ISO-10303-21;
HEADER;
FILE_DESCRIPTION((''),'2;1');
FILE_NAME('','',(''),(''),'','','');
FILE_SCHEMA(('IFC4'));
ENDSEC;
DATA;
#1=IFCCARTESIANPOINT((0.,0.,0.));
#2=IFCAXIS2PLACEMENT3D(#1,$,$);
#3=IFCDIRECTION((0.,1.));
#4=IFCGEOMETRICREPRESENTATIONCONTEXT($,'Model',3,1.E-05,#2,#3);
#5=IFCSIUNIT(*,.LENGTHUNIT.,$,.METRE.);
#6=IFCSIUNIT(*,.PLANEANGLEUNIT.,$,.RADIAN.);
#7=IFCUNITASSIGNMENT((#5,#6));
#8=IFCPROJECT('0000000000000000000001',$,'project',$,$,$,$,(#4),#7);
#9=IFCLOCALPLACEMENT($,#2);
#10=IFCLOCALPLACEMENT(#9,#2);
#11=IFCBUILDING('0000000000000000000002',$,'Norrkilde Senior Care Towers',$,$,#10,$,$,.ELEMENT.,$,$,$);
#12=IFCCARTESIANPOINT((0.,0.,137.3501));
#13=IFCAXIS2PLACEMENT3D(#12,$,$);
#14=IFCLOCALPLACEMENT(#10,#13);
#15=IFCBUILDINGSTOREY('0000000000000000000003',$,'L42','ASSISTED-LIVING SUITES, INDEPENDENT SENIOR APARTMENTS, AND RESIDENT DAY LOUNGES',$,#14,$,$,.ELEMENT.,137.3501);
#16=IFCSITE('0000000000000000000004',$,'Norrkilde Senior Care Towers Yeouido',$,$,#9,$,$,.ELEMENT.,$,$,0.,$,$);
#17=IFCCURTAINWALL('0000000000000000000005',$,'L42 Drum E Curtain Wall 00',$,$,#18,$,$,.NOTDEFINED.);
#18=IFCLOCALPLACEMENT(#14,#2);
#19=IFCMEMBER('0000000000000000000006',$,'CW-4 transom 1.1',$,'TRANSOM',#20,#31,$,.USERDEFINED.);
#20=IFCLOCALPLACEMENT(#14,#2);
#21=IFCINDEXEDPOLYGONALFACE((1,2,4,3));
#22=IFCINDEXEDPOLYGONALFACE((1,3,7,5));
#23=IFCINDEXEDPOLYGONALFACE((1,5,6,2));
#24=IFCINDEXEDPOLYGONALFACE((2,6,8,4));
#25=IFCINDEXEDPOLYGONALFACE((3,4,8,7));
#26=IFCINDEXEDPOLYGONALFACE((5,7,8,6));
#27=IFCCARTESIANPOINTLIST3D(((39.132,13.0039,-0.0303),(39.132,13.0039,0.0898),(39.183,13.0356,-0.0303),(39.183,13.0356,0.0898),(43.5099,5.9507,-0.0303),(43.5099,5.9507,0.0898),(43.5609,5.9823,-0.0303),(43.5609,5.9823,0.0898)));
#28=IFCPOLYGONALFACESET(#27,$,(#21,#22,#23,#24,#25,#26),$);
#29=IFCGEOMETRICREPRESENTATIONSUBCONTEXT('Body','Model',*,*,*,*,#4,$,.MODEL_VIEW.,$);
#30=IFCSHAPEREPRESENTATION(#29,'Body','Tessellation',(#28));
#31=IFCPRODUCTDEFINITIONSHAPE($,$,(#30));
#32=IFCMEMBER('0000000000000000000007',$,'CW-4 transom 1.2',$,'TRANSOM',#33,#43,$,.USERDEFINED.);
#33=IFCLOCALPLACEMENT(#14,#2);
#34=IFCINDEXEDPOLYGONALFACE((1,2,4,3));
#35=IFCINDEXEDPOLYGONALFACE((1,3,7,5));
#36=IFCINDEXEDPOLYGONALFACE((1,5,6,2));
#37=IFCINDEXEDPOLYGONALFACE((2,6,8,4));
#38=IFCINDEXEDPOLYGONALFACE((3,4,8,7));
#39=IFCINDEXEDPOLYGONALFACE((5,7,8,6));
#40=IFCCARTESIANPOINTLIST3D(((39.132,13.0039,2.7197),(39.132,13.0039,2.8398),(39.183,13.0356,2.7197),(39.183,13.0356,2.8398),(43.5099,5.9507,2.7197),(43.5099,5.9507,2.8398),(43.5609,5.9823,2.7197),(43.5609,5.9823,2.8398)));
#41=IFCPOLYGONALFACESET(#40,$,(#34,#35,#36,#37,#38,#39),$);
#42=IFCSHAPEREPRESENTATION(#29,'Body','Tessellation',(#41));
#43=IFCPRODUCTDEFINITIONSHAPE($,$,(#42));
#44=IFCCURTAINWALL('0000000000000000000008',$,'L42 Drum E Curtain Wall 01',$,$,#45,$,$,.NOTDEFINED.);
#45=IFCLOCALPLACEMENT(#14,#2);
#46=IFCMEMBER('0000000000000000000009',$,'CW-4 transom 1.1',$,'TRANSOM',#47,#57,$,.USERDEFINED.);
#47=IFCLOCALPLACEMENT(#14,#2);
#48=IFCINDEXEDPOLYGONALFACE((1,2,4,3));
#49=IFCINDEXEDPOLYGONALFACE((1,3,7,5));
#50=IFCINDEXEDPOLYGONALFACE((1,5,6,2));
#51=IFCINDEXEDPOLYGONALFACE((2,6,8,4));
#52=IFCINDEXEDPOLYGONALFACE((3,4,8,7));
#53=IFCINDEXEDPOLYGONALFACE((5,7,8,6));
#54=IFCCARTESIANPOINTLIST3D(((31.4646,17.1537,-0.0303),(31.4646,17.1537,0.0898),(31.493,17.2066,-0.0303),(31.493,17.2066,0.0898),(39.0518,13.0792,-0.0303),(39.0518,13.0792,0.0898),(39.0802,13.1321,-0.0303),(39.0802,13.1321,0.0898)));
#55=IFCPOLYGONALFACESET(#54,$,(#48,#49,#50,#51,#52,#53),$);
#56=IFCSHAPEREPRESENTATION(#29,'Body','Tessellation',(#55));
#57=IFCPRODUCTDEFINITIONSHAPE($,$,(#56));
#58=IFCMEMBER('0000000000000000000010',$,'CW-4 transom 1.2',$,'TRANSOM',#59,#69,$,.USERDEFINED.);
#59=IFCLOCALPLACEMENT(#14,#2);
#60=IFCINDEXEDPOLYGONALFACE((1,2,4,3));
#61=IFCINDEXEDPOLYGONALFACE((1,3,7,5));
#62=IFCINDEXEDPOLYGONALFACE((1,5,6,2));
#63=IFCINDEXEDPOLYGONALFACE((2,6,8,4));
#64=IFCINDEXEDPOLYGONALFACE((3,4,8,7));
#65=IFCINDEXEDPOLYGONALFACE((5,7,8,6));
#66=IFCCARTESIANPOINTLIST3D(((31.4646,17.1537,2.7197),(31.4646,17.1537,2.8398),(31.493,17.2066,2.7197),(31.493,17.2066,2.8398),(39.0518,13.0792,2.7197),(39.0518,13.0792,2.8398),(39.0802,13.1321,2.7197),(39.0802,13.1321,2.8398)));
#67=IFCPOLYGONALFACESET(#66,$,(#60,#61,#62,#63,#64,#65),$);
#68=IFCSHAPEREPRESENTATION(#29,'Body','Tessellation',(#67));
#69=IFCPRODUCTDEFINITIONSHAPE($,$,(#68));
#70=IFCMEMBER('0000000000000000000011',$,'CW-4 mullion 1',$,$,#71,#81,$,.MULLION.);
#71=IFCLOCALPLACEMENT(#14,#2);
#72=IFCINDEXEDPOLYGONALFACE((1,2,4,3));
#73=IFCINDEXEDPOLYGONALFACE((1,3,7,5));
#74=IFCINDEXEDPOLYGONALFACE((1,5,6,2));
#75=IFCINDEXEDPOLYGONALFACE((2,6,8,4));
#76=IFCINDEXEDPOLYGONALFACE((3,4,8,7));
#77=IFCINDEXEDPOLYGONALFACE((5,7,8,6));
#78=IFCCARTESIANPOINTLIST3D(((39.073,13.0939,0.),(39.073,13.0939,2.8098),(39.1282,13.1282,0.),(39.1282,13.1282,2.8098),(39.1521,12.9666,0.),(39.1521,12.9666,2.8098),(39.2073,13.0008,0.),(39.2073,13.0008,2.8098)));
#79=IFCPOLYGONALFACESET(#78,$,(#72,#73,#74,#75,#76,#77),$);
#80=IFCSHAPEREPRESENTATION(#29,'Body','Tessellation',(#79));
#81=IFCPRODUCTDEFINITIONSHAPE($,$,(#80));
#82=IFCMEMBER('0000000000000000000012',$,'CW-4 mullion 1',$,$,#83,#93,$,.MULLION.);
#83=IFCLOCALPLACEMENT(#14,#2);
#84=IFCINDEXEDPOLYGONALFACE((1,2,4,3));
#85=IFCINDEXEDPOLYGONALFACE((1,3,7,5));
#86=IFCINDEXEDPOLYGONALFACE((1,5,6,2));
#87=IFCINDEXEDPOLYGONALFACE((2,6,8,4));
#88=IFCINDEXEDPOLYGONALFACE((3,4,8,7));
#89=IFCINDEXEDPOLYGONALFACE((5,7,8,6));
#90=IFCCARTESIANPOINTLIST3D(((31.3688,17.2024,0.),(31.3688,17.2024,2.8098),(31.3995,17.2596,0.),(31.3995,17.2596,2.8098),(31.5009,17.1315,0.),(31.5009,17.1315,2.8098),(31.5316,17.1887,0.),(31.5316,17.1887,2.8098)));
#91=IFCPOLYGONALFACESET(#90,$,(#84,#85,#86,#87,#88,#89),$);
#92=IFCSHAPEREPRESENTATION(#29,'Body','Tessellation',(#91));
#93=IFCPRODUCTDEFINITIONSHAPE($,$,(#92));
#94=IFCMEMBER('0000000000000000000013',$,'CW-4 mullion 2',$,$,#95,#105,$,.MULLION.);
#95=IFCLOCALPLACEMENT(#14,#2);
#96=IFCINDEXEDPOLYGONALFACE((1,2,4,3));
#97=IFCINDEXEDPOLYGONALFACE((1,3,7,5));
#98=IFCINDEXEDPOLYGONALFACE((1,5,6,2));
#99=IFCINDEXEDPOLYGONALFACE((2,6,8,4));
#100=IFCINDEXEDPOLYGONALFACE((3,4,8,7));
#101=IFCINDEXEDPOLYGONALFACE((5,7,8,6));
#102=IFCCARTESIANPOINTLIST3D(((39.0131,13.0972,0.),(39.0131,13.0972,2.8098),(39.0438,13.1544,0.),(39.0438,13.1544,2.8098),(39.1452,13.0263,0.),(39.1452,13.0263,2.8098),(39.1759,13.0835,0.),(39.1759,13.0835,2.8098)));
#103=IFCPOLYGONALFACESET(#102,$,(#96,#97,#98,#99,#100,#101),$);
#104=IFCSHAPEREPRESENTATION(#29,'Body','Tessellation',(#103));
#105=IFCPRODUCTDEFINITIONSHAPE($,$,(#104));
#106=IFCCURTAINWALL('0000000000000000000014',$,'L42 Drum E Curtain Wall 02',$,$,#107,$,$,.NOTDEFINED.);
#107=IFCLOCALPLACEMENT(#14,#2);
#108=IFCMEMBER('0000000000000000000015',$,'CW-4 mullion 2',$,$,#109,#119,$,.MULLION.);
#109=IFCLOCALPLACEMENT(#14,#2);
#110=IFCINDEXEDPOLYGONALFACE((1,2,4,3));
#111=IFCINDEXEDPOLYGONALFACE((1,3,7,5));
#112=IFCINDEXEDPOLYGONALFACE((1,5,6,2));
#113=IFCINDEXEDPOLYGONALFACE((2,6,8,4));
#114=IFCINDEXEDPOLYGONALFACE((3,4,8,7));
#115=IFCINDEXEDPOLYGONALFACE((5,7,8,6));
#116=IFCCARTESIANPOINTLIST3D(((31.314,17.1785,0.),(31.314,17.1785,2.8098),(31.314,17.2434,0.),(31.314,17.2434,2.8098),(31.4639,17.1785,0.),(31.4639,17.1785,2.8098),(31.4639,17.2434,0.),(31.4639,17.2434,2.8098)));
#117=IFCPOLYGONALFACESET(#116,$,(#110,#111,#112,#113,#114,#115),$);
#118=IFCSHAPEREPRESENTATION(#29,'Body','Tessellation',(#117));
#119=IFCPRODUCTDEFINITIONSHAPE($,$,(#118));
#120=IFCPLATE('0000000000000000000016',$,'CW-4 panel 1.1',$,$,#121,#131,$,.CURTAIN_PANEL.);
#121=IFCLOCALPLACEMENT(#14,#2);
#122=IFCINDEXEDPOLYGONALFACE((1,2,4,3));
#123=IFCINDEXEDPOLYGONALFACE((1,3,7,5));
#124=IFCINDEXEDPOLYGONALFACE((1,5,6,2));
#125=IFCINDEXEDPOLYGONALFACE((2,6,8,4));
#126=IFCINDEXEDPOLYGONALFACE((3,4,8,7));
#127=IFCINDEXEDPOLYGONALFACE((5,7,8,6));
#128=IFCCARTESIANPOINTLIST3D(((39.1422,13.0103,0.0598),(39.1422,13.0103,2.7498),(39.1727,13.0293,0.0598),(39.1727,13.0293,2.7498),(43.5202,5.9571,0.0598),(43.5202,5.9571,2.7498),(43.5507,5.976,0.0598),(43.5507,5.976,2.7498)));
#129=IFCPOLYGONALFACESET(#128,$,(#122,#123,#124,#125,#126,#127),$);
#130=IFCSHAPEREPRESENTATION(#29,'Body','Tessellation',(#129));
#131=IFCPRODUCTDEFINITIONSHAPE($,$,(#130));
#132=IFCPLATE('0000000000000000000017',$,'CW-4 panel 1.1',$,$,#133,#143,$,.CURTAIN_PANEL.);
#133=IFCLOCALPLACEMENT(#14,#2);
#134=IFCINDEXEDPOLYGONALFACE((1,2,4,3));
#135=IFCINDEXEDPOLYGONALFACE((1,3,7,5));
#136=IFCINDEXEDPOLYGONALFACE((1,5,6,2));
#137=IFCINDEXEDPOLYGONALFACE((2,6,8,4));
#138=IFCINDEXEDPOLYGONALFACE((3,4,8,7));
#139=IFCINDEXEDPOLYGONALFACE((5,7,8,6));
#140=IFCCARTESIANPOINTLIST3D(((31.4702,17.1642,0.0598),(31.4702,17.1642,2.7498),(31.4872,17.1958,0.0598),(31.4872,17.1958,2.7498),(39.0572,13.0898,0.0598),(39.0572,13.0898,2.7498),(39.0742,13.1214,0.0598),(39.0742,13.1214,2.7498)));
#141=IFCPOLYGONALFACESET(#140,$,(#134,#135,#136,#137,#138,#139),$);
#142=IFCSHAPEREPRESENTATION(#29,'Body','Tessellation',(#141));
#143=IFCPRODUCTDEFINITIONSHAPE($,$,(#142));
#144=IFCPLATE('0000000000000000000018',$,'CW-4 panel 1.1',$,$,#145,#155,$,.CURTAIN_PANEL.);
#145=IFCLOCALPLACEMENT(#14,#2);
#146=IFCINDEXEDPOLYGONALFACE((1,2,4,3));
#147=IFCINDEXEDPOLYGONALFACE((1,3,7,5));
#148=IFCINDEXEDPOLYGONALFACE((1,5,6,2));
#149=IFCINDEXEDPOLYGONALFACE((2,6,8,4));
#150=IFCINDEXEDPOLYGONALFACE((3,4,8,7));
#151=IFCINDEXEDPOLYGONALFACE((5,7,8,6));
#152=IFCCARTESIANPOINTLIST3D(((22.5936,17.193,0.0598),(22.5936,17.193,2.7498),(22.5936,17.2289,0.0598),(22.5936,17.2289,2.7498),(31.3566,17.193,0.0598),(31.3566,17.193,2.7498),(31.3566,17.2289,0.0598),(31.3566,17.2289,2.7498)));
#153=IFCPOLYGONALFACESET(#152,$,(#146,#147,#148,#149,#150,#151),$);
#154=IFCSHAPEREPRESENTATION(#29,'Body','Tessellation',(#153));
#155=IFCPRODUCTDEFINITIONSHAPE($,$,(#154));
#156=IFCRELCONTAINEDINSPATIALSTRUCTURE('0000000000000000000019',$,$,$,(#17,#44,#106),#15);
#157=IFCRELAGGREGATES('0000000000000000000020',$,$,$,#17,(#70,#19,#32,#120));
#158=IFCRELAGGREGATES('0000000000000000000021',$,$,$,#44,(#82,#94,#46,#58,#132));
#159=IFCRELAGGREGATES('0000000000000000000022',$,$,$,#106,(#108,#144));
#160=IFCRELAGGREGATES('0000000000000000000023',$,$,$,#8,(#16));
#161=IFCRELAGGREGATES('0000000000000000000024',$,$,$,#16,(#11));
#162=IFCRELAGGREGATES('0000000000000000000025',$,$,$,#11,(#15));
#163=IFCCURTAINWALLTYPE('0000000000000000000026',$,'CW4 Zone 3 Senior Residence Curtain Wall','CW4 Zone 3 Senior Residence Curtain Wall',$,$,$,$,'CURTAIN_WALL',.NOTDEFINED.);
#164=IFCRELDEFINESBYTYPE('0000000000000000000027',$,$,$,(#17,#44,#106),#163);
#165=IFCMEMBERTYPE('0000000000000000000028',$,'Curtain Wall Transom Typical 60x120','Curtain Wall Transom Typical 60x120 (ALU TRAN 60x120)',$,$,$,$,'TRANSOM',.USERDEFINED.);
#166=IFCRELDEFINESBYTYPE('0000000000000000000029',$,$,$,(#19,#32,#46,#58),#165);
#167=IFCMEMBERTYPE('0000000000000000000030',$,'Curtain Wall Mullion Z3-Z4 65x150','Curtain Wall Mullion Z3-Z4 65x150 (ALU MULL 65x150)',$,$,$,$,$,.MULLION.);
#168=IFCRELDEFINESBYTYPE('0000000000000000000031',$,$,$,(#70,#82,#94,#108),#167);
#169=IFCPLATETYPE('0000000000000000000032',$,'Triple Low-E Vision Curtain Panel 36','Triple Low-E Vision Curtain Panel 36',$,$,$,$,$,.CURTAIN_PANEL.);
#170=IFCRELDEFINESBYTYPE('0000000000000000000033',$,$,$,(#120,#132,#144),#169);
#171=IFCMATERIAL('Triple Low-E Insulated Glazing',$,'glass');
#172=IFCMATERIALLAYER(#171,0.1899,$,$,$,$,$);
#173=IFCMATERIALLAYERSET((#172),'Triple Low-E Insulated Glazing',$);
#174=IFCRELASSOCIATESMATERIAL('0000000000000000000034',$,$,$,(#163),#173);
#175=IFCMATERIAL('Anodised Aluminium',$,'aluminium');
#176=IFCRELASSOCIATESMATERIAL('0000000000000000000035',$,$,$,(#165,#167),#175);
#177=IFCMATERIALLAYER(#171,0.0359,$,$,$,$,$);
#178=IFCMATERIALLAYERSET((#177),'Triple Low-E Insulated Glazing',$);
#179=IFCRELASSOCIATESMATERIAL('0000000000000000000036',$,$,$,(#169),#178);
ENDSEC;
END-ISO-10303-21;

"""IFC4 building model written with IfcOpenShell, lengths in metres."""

from ifc_helpers import new_model, si_unit, direction, frame, origin, origin_2d, place, context, subcontext, project, spatial, rectangle, extrude, source, transform, mapped, material, layer, layer_set, material_profile, profile_set, type_object, type_shapes, element, aggregate, save


model = new_model("IFC4")

# Units and contexts
model_context = context("Model", 3, precision=1e-05, world=origin(), true_north=direction((0.0, 1.0)))
body_context = subcontext(model_context, "Body", "Model", "MODEL_VIEW")
ifc_project = project(units=[si_unit("LENGTHUNIT", "METRE"), si_unit("PLANEANGLEUNIT", "RADIAN")], contexts=[model_context])

# Site, building, storey
site_placement = place(None, origin())
site = spatial("IfcSite", under=ifc_project, at=site_placement, Name="Norrkilde Senior Care Towers Yeouido", CompositionType="ELEMENT", RefElevation=0.0)
building_placement = place(site_placement, origin())
building = spatial("IfcBuilding", under=site, at=building_placement, Name="Norrkilde Senior Care Towers", CompositionType="ELEMENT")
storey_placement = place(building_placement, frame((0.0, 0.0, 137.3501)))
storey = spatial("IfcBuildingStorey", under=building, at=storey_placement, Name="L42", Description="ASSISTED-LIVING SUITES, INDEPENDENT SENIOR APARTMENTS, AND RESIDENT DAY LOUNGES", CompositionType="ELEMENT", Elevation=137.3501)

# Curtain walls, members
ifc_material_1 = material(Name="Triple Low-E Insulated Glazing", Category="glass")
ifc_layer_1 = layer(ifc_material_1, 0.1899)
ifc_layer_set_1 = layer_set([ifc_layer_1], Name="Triple Low-E Insulated Glazing")
curtain_wall_type = type_object("IfcCurtainWallType", Name="CW4 Zone 3 Senior Residence Curtain Wall", Description="CW4 Zone 3 Senior Residence Curtain Wall", ElementType="CURTAIN_WALL", PredefinedType="NOTDEFINED", material=ifc_layer_set_1)
curtain_wall_1_placement = place(storey_placement, origin())
curtain_wall_1 = element("IfcCurtainWall", 1, at=curtain_wall_1_placement, inside=storey, type_object=curtain_wall_type, Name="L42 Drum E Curtain Wall 00", PredefinedType="NOTDEFINED")
ifc_material_2 = material(Name="Anodised Aluminium", Category="aluminium")
ifc_material_profile_1 = material_profile(ifc_material_2, rectangle(XDim=0.0601, YDim=0.1201, at=origin_2d()), Name="ALU TRAN 60x120")
ifc_profile_set_1 = profile_set([ifc_material_profile_1], Name="Anodised Aluminium")
member_type_1 = type_object("IfcMemberType", Name="Curtain Wall Transom Typical 60x120", Description="Curtain Wall Transom Typical 60x120 (ALU TRAN 60x120)", ElementType="TRANSOM", PredefinedType="USERDEFINED", material=ifc_profile_set_1)
shared_shape_1 = source(origin(), body_context, "Body", "SweptSolid", [
    extrude(rectangle(XDim=0.0601, YDim=0.1201, at=origin_2d()), origin(), (0.0, 0.0, 1.0), 8.3015),
])
member_1_placement = place(storey_placement, frame((39.1575, 13.0198, 0.0298), z_axis=(0.527369, -0.849637, 0.0), x_axis=(0.849637, 0.527369, 0.0)))
member_1 = element("IfcMember", 2, at=member_1_placement, type_object=member_type_1, Name="CW-4 transom 1.1", ObjectType="TRANSOM", PredefinedType="USERDEFINED", context=body_context, shape_type="MappedRepresentation", body=[
    mapped(shared_shape_1, transform((0.0, 0.0, 0.0), x_axis=(1.0, 0.0, 0.0), y_axis=(0.0, 1.0, 0.0), z_axis=(0.0, 0.0, 1.0), scale=1.0)),
])
member_2_placement = place(storey_placement, frame((39.1575, 13.0198, 2.7798), z_axis=(0.527369, -0.849637, 0.0), x_axis=(0.849637, 0.527369, 0.0)))
member_2 = element("IfcMember", 3, at=member_2_placement, type_object=member_type_1, Name="CW-4 transom 1.2", ObjectType="TRANSOM", PredefinedType="USERDEFINED", context=body_context, shape_type="MappedRepresentation", body=[
    mapped(shared_shape_1, transform((0.0, 0.0, 0.0), x_axis=(1.0, 0.0, 0.0), y_axis=(0.0, 1.0, 0.0), z_axis=(0.0, 0.0, 1.0), scale=1.0)),
])
curtain_wall_2_placement = place(storey_placement, origin())
curtain_wall_2 = element("IfcCurtainWall", 4, at=curtain_wall_2_placement, inside=storey, type_object=curtain_wall_type, Name="L42 Drum E Curtain Wall 01", PredefinedType="NOTDEFINED")
shared_shape_2 = source(origin(), body_context, "Body", "SweptSolid", [
    extrude(rectangle(XDim=0.0601, YDim=0.1201, at=origin_2d()), origin(), (0.0, 0.0, 1.0), 8.6121),
])
type_shapes(member_type_1, [shared_shape_1, shared_shape_2])
member_3_placement = place(storey_placement, frame((31.4788, 17.1802, 0.0298), z_axis=(0.881, -0.473116, 0.0), x_axis=(0.473116, 0.881, 0.0)))
member_3 = element("IfcMember", 5, at=member_3_placement, type_object=member_type_1, Name="CW-4 transom 1.1", ObjectType="TRANSOM", PredefinedType="USERDEFINED", context=body_context, shape_type="MappedRepresentation", body=[
    mapped(shared_shape_2, transform((0.0, 0.0, 0.0), x_axis=(1.0, 0.0, 0.0), y_axis=(0.0, 1.0, 0.0), z_axis=(0.0, 0.0, 1.0), scale=1.0)),
])
member_4_placement = place(storey_placement, frame((31.4788, 17.1802, 2.7798), z_axis=(0.881, -0.473116, 0.0), x_axis=(0.473116, 0.881, 0.0)))
member_4 = element("IfcMember", 6, at=member_4_placement, type_object=member_type_1, Name="CW-4 transom 1.2", ObjectType="TRANSOM", PredefinedType="USERDEFINED", context=body_context, shape_type="MappedRepresentation", body=[
    mapped(shared_shape_2, transform((0.0, 0.0, 0.0), x_axis=(1.0, 0.0, 0.0), y_axis=(0.0, 1.0, 0.0), z_axis=(0.0, 0.0, 1.0), scale=1.0)),
])

# Members
ifc_material_profile_2 = material_profile(ifc_material_2, rectangle(XDim=0.0649, YDim=0.1499, at=origin_2d()), Name="ALU MULL 65x150")
ifc_profile_set_2 = profile_set([ifc_material_profile_2], Name="Anodised Aluminium")
member_type_2 = type_object("IfcMemberType", Name="Curtain Wall Mullion Z3-Z4 65x150", Description="Curtain Wall Mullion Z3-Z4 65x150 (ALU MULL 65x150)", PredefinedType="MULLION", material=ifc_profile_set_2)
shared_shape_3 = source(origin(), body_context, "Body", "SweptSolid", [
    extrude(rectangle(XDim=0.0649, YDim=0.1499, at=origin_2d()), origin(), (0.0, 0.0, 1.0), 2.8098),
])
type_shapes(member_type_2, [shared_shape_3])
member_5_placement = place(storey_placement, frame((39.1401, 13.0474, 0.0), z_axis=(0.0, 0.0, 1.0), x_axis=(0.849634, 0.527373, 0.0)))
member_5 = element("IfcMember", 7, at=member_5_placement, type_object=member_type_2, Name="CW-4 mullion 1", PredefinedType="MULLION", context=body_context, shape_type="MappedRepresentation", body=[
    mapped(shared_shape_3, transform((0.0, 0.0, 0.0), x_axis=(1.0, 0.0, 0.0), y_axis=(0.0, 1.0, 0.0), z_axis=(0.0, 0.0, 1.0), scale=1.0)),
])
member_6_placement = place(storey_placement, frame((31.4502, 17.1956, 0.0), z_axis=(0.0, 0.0, 1.0), x_axis=(0.473117, 0.881, 0.0)))
member_6 = element("IfcMember", 8, at=member_6_placement, type_object=member_type_2, Name="CW-4 mullion 1", PredefinedType="MULLION", context=body_context, shape_type="MappedRepresentation", body=[
    mapped(shared_shape_3, transform((0.0, 0.0, 0.0), x_axis=(1.0, 0.0, 0.0), y_axis=(0.0, 1.0, 0.0), z_axis=(0.0, 0.0, 1.0), scale=1.0)),
])
member_7_placement = place(storey_placement, frame((39.0945, 13.0903, 0.0), z_axis=(0.0, 0.0, 1.0), x_axis=(0.473117, 0.881, 0.0)))
member_7 = element("IfcMember", 9, at=member_7_placement, type_object=member_type_2, Name="CW-4 mullion 2", PredefinedType="MULLION", context=body_context, shape_type="MappedRepresentation", body=[
    mapped(shared_shape_3, transform((0.0, 0.0, 0.0), x_axis=(1.0, 0.0, 0.0), y_axis=(0.0, 1.0, 0.0), z_axis=(0.0, 0.0, 1.0), scale=1.0)),
])

# Curtain wall, member
curtain_wall_3_placement = place(storey_placement, origin())
curtain_wall_3 = element("IfcCurtainWall", 10, at=curtain_wall_3_placement, inside=storey, type_object=curtain_wall_type, Name="L42 Drum E Curtain Wall 02", PredefinedType="NOTDEFINED")
member_8_placement = place(storey_placement, frame((31.3889, 17.2109, 0.0), z_axis=(0.0, 0.0, 1.0), x_axis=(0.0, 1.0, 0.0)))
member_8 = element("IfcMember", 11, at=member_8_placement, type_object=member_type_2, Name="CW-4 mullion 2", PredefinedType="MULLION", context=body_context, shape_type="MappedRepresentation", body=[
    mapped(shared_shape_3, transform((0.0, 0.0, 0.0), x_axis=(1.0, 0.0, 0.0), y_axis=(0.0, 1.0, 0.0), z_axis=(0.0, 0.0, 1.0), scale=1.0)),
])

# Plates
ifc_layer_2 = layer(ifc_material_1, 0.0359)
ifc_layer_set_2 = layer_set([ifc_layer_2], Name="Triple Low-E Insulated Glazing")
plate_type = type_object("IfcPlateType", Name="Triple Low-E Vision Curtain Panel 36", Description="Triple Low-E Vision Curtain Panel 36", PredefinedType="CURTAIN_PANEL", material=ifc_layer_set_2)
shared_shape_4 = source(origin(), body_context, "Body", "SweptSolid", [
    extrude(rectangle(XDim=8.3015, YDim=0.0359, at=origin_2d()), origin(), (0.0, 0.0, 1.0), 2.6899),
])
plate_1_placement = place(storey_placement, frame((41.3464, 9.4932, 0.0598), z_axis=(0.0, 0.0, 1.0), x_axis=(0.527373, -0.849634, 0.0)))
plate_1 = element("IfcPlate", 12, at=plate_1_placement, type_object=plate_type, Name="CW-4 panel 1.1", PredefinedType="CURTAIN_PANEL", context=body_context, shape_type="MappedRepresentation", body=[
    mapped(shared_shape_4, transform((0.0, 0.0, 0.0), x_axis=(1.0, 0.0, 0.0), y_axis=(0.0, 1.0, 0.0), z_axis=(0.0, 0.0, 1.0), scale=1.0)),
])
aggregate(curtain_wall_1, [member_5, member_1, member_2, plate_1])
shared_shape_5 = source(origin(), body_context, "Body", "SweptSolid", [
    extrude(rectangle(XDim=8.6118, YDim=0.0359, at=origin_2d()), origin(), (0.0, 0.0, 1.0), 2.6899),
])
plate_2_placement = place(storey_placement, frame((35.2722, 15.1428, 0.0598), z_axis=(0.0, 0.0, 1.0), x_axis=(0.881, -0.473117, 0.0)))
plate_2 = element("IfcPlate", 13, at=plate_2_placement, type_object=plate_type, Name="CW-4 panel 1.1", PredefinedType="CURTAIN_PANEL", context=body_context, shape_type="MappedRepresentation", body=[
    mapped(shared_shape_5, transform((0.0, 0.0, 0.0), x_axis=(1.0, 0.0, 0.0), y_axis=(0.0, 1.0, 0.0), z_axis=(0.0, 0.0, 1.0), scale=1.0)),
])
aggregate(curtain_wall_2, [member_6, member_7, member_3, member_4, plate_2])
shared_shape_6 = source(origin(), body_context, "Body", "SweptSolid", [
    extrude(rectangle(XDim=8.7629, YDim=0.0359, at=origin_2d()), origin(), (0.0, 0.0, 1.0), 2.6899),
])
type_shapes(plate_type, [shared_shape_4, shared_shape_5, shared_shape_6])
plate_3_placement = place(storey_placement, frame((26.9751, 17.2109, 0.0598), z_axis=(0.0, 0.0, 1.0), x_axis=(1.0, 0.0, 0.0)))
plate_3 = element("IfcPlate", 14, at=plate_3_placement, type_object=plate_type, Name="CW-4 panel 1.1", PredefinedType="CURTAIN_PANEL", context=body_context, shape_type="MappedRepresentation", body=[
    mapped(shared_shape_6, transform((0.0, 0.0, 0.0), x_axis=(1.0, 0.0, 0.0), y_axis=(0.0, 1.0, 0.0), z_axis=(0.0, 0.0, 1.0), scale=1.0)),
])
aggregate(curtain_wall_3, [member_8, plate_3])

save(model, "model.ifc")
